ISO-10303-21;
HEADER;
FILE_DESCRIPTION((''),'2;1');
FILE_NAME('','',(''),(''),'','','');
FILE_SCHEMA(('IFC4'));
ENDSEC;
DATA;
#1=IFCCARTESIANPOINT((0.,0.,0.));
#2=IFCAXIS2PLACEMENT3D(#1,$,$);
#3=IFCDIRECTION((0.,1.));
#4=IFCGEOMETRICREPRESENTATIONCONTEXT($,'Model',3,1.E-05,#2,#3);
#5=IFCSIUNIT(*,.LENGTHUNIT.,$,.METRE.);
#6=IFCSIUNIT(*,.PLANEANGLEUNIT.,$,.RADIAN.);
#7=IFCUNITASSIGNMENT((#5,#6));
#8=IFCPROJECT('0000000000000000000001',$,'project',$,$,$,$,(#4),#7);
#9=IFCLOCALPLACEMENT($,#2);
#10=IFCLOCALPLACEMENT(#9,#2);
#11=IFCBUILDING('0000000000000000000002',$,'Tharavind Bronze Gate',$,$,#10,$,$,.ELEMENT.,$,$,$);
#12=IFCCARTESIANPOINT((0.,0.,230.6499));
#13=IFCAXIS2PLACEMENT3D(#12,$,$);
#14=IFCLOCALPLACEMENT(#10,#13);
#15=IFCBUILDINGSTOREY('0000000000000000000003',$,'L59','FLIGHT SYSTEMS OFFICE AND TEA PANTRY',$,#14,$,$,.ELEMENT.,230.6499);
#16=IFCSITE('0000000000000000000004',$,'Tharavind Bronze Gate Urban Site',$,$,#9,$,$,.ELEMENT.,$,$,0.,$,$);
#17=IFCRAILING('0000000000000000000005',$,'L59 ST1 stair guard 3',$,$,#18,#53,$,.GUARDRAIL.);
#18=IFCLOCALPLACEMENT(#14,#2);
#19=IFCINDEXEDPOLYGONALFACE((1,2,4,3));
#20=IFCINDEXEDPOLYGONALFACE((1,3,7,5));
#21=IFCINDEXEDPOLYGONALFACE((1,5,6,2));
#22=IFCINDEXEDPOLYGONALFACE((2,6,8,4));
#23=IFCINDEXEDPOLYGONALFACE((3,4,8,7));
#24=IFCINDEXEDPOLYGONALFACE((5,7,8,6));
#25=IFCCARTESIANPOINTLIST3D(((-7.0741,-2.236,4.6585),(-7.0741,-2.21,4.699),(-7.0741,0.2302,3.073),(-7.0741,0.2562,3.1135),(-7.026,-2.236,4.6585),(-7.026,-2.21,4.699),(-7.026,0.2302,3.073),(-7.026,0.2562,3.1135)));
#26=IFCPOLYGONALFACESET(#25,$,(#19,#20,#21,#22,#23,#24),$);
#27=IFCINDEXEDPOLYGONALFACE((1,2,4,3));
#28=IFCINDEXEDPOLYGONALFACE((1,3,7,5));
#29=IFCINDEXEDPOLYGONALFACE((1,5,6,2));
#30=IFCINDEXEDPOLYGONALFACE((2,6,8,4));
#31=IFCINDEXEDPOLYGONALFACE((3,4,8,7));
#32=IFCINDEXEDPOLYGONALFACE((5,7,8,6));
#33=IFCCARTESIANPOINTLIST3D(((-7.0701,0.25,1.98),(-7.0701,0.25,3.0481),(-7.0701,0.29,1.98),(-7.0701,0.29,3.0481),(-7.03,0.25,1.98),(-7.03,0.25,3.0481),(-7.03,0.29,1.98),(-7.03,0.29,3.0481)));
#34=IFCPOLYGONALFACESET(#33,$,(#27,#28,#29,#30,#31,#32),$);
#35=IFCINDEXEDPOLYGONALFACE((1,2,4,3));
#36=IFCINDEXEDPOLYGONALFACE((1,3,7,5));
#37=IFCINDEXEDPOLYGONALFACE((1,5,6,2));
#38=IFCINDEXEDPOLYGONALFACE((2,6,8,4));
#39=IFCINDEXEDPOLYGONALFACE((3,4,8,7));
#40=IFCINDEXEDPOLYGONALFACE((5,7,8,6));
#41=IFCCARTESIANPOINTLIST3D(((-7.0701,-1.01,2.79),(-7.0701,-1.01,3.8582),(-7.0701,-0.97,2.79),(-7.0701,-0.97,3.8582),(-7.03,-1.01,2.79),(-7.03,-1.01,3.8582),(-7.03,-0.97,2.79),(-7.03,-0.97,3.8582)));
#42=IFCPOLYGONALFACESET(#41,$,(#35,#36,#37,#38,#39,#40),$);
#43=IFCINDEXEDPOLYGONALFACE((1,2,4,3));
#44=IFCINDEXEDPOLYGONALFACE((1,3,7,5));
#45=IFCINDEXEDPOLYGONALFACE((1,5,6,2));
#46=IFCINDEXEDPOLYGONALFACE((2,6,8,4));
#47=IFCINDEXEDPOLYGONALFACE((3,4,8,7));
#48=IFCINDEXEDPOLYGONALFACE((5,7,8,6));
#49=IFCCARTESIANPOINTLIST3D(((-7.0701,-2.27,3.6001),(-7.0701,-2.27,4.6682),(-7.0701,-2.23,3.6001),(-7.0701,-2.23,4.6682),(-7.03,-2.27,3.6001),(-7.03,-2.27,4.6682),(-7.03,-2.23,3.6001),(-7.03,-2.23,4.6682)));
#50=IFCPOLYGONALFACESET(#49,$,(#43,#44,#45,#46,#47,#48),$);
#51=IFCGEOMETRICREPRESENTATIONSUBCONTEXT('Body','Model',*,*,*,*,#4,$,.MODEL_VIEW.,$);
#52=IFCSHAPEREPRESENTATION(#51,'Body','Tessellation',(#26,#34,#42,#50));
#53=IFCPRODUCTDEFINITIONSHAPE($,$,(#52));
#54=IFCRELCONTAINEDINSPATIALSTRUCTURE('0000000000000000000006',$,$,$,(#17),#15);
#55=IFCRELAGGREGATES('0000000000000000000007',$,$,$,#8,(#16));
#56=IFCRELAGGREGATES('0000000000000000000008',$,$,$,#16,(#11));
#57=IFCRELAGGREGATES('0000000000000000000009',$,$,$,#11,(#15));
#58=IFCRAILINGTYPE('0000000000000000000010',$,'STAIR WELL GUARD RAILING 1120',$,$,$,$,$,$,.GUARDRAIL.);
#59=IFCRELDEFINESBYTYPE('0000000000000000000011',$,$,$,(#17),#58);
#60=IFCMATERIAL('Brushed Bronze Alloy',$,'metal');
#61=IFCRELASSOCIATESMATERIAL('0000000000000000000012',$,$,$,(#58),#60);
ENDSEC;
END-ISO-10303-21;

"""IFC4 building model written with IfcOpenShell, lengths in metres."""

from ifc_helpers import new_model, si_unit, direction, frame, origin, origin_2d, place, context, subcontext, project, spatial, rectangle, extrude, material, type_object, element, save


model = new_model("IFC4")

# Units and contexts
model_context = context("Model", 3, precision=1e-05, world=origin(), true_north=direction((0.0, 1.0)))
body_context = subcontext(model_context, "Body", "Model", "MODEL_VIEW")
ifc_project = project(units=[si_unit("LENGTHUNIT", "METRE"), si_unit("PLANEANGLEUNIT", "RADIAN")], contexts=[model_context])

# Site, building, storey
site_placement = place(None, origin())
site = spatial("IfcSite", under=ifc_project, at=site_placement, Name="Tharavind Bronze Gate Urban Site", CompositionType="ELEMENT", RefElevation=0.0)
building_placement = place(site_placement, origin())
building = spatial("IfcBuilding", under=site, at=building_placement, Name="Tharavind Bronze Gate", CompositionType="ELEMENT")
storey_placement = place(building_placement, frame((0.0, 0.0, 230.6499)))
storey = spatial("IfcBuildingStorey", under=building, at=storey_placement, Name="L59", Description="FLIGHT SYSTEMS OFFICE AND TEA PANTRY", CompositionType="ELEMENT", Elevation=230.6499)

# Railing
ifc_material_1 = material(Name="Brushed Bronze Alloy", Category="metal")
railing_type_1 = type_object("IfcRailingType", Name="STAIR WELL GUARD RAILING 1120", PredefinedType="GUARDRAIL", material=ifc_material_1)
railing_1_placement = place(storey_placement, frame((-7.05, 0.27, 1.98)))
element("IfcRailing", 1, at=railing_1_placement, inside=storey, type_object=railing_type_1, Name="L59 ST1 stair guard 3", PredefinedType="GUARDRAIL", context=body_context, shape_type="SweptSolid", body=[
    extrude(rectangle(XDim=0.0481, YDim=0.0481, at=origin_2d()), frame((0.0, -0.0269, 1.1133), z_axis=(0.0, -0.841163, 0.540782), x_axis=(1.0, 0.0, 0.0)), (0.0, 0.0, 1.0), 2.9319),
    extrude(rectangle(XDim=0.04, YDim=0.04, at=origin_2d()), origin(), (0.0, 0.0, 1.0), 1.0681),
    extrude(rectangle(XDim=0.04, YDim=0.04, at=origin_2d()), frame((0.0, -1.26, 0.8101)), (0.0, 0.0, 1.0), 1.0681),
    extrude(rectangle(XDim=0.04, YDim=0.04, at=origin_2d()), frame((0.0, -2.52, 1.6201)), (0.0, 0.0, 1.0), 1.0681),
])

save(model, "model.ifc")
